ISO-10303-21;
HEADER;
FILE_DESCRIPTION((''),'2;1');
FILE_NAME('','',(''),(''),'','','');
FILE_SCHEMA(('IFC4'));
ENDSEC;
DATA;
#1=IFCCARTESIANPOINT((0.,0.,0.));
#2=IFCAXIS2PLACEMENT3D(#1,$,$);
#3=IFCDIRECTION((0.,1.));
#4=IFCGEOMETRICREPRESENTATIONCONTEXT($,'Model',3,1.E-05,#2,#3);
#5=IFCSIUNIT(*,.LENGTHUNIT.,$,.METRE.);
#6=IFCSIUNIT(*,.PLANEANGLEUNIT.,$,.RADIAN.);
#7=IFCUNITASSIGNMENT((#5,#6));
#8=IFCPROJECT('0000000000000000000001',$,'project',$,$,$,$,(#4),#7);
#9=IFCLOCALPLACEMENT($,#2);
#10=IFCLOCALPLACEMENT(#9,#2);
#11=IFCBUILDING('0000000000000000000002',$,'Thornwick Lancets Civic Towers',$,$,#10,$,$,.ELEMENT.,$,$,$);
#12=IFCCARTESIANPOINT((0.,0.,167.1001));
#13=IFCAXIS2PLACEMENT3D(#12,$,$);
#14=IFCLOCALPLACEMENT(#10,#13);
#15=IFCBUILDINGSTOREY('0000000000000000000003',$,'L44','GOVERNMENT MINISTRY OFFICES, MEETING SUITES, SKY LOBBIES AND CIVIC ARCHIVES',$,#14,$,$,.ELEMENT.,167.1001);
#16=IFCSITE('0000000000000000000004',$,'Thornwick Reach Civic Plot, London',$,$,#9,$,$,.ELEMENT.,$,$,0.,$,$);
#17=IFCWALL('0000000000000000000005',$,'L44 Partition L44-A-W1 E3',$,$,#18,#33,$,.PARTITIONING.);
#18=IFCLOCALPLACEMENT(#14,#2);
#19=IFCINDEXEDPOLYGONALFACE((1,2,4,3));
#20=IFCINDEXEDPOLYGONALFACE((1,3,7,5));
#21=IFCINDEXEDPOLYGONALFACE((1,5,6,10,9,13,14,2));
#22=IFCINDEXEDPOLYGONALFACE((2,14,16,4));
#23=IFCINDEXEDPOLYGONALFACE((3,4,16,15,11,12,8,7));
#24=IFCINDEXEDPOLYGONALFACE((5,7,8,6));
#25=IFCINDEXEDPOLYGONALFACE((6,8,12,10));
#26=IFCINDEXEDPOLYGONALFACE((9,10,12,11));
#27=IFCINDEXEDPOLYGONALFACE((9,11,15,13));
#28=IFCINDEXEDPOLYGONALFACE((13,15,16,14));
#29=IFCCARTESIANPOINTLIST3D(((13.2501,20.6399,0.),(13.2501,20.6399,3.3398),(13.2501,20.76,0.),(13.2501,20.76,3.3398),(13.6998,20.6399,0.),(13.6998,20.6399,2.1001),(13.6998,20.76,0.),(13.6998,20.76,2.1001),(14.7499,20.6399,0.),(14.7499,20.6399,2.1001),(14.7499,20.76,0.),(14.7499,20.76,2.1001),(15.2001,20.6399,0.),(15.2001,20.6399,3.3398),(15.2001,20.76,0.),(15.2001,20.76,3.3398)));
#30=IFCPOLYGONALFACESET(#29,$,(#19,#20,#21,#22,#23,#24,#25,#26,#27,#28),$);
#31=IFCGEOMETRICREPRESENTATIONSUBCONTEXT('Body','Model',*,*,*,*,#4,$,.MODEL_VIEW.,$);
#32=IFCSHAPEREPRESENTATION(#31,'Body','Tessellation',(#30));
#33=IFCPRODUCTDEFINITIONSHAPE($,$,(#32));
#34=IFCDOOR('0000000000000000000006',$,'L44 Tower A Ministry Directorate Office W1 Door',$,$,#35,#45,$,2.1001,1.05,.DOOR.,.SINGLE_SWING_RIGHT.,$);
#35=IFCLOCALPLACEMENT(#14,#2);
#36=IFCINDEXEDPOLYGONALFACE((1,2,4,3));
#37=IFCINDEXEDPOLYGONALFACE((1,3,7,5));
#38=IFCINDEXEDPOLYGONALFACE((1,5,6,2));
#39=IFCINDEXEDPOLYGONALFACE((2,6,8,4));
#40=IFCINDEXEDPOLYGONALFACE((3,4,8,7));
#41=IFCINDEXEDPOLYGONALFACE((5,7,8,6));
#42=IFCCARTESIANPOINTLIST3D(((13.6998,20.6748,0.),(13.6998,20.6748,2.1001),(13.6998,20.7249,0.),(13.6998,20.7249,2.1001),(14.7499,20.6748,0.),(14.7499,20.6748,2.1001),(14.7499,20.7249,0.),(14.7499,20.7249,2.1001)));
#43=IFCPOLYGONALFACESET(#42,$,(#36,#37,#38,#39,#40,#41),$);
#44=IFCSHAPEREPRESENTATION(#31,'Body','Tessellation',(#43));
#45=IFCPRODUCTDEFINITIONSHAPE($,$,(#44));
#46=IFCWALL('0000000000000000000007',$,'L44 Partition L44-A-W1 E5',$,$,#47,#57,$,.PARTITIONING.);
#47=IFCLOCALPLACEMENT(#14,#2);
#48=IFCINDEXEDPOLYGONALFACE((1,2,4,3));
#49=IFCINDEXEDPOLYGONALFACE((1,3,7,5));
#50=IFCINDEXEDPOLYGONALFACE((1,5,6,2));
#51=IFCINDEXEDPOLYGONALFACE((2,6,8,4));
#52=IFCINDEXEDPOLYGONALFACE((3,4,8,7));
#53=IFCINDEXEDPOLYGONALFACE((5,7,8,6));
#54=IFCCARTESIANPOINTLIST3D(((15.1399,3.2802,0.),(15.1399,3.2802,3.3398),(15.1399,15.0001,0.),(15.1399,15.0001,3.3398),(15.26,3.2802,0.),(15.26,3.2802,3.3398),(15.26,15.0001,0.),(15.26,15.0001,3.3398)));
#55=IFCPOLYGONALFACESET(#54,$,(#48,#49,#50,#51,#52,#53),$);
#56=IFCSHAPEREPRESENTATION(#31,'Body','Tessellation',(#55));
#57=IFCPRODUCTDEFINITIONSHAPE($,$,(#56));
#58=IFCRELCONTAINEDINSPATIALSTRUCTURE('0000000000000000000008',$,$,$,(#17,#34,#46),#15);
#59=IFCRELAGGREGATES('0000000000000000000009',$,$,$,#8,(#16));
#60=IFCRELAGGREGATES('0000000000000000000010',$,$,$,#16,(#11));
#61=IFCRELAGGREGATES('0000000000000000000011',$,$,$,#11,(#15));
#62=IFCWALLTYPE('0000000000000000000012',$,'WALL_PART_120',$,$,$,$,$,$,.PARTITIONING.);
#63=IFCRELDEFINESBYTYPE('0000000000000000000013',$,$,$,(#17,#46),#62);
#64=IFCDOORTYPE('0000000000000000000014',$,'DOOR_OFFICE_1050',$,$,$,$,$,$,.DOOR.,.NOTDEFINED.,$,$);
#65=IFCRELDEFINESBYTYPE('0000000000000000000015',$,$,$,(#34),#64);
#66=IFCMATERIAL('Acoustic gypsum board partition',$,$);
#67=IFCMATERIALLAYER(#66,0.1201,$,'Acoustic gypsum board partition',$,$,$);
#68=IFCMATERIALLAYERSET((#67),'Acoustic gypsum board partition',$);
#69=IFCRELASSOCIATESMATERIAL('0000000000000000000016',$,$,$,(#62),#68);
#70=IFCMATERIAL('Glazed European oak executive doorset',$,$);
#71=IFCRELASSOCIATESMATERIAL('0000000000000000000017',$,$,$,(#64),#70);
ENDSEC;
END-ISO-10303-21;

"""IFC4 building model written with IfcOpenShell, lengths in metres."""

from ifc_helpers import new_model, si_unit, direction, frame, frame_2d, origin, place, context, subcontext, project, spatial, rectangle, extrude, material, layer, layer_set, type_object, element, fill, save


model = new_model("IFC4")

# Units and contexts
model_context = context("Model", 3, precision=1e-05, world=origin(), true_north=direction((0.0, 1.0)))
body_context = subcontext(model_context, "Body", "Model", "MODEL_VIEW")
ifc_project = project(units=[si_unit("LENGTHUNIT", "METRE"), si_unit("PLANEANGLEUNIT", "RADIAN")], contexts=[model_context])

# Site, building, storey
site_placement = place(None, origin())
site = spatial("IfcSite", under=ifc_project, at=site_placement, Name="Thornwick Reach Civic Plot, London", CompositionType="ELEMENT", RefElevation=0.0)
building_placement = place(site_placement, origin())
building = spatial("IfcBuilding", under=site, at=building_placement, Name="Thornwick Lancets Civic Towers", CompositionType="ELEMENT")
storey_placement = place(building_placement, frame((0.0, 0.0, 167.1001)))
storey = spatial("IfcBuildingStorey", under=building, at=storey_placement, Name="L44", Description="GOVERNMENT MINISTRY OFFICES, MEETING SUITES, SKY LOBBIES AND CIVIC ARCHIVES", CompositionType="ELEMENT", Elevation=167.1001)

# Shared definitions
ifc_material_1 = material(Name="Acoustic gypsum board partition")
ifc_layer_1 = layer(ifc_material_1, 0.1201, Name="Acoustic gypsum board partition")
ifc_layer_set_1 = layer_set([ifc_layer_1], Name="Acoustic gypsum board partition")
wall_type_1 = type_object("IfcWallType", Name="WALL_PART_120", PredefinedType="PARTITIONING", material=ifc_layer_set_1)

# Wall, opening, door
wall_1_placement = place(storey_placement, frame((13.25, 20.7, 0.0), z_axis=(0.0, 0.0, 1.0), x_axis=(1.0, 0.0, 0.0)))
wall_1 = element("IfcWall", 1, at=wall_1_placement, inside=storey, type_object=wall_type_1, Name="L44 Partition L44-A-W1 E3", PredefinedType="PARTITIONING", context=body_context, shape_type="SweptSolid", body=[
    extrude(rectangle(XDim=1.95, YDim=0.1201, at=frame_2d((0.9751, 0.0))), origin(), (0.0, 0.0, 1.0), 3.3398),
])
opening_placement = place(wall_1_placement, frame((0.45, 0.0, 0.0)))
opening = element("IfcOpeningElement", 2, at=opening_placement, cuts=wall_1, PredefinedType="OPENING", context=body_context, shape_type="SweptSolid", body=[
    extrude(rectangle(XDim=1.05, YDim=2.1001, at=frame_2d((0.5249, 1.05))), frame((0.0, 0.0701, 0.0), z_axis=(0.0, -1.0, 0.0), x_axis=(1.0, 0.0, 0.0)), (0.0, 0.0, 1.0), 0.1401),
])
ifc_material_2 = material(Name="Glazed European oak executive doorset")
door_type = type_object("IfcDoorType", Name="DOOR_OFFICE_1050", OperationType="NOTDEFINED", PredefinedType="DOOR", material=ifc_material_2)
door_placement = place(opening_placement, origin())
door = element("IfcDoor", 3, at=door_placement, inside=storey, type_object=door_type, Name="L44 Tower A Ministry Directorate Office W1 Door", OperationType="SINGLE_SWING_RIGHT", OverallHeight=2.1001, OverallWidth=1.05, PredefinedType="DOOR", context=body_context, shape_type="SweptSolid", body=[
    extrude(rectangle(XDim=1.05, YDim=2.1001, at=frame_2d((0.5249, 1.05))), frame((0.0, 0.0249, 0.0), z_axis=(0.0, -1.0, 0.0), x_axis=(1.0, 0.0, 0.0)), (0.0, 0.0, 1.0), 0.05),
])
fill(opening, door)

# Wall
wall_2_placement = place(storey_placement, frame((15.2, 15.0, 0.0), z_axis=(0.0, 0.0, 1.0), x_axis=(0.0, -1.0, 0.0)))
element("IfcWall", 4, at=wall_2_placement, inside=storey, type_object=wall_type_1, Name="L44 Partition L44-A-W1 E5", PredefinedType="PARTITIONING", context=body_context, shape_type="SweptSolid", body=[
    extrude(rectangle(XDim=11.72, YDim=0.1201, at=frame_2d((5.8599, 0.0))), origin(), (0.0, 0.0, 1.0), 3.3398),
])

save(model, "model.ifc")
